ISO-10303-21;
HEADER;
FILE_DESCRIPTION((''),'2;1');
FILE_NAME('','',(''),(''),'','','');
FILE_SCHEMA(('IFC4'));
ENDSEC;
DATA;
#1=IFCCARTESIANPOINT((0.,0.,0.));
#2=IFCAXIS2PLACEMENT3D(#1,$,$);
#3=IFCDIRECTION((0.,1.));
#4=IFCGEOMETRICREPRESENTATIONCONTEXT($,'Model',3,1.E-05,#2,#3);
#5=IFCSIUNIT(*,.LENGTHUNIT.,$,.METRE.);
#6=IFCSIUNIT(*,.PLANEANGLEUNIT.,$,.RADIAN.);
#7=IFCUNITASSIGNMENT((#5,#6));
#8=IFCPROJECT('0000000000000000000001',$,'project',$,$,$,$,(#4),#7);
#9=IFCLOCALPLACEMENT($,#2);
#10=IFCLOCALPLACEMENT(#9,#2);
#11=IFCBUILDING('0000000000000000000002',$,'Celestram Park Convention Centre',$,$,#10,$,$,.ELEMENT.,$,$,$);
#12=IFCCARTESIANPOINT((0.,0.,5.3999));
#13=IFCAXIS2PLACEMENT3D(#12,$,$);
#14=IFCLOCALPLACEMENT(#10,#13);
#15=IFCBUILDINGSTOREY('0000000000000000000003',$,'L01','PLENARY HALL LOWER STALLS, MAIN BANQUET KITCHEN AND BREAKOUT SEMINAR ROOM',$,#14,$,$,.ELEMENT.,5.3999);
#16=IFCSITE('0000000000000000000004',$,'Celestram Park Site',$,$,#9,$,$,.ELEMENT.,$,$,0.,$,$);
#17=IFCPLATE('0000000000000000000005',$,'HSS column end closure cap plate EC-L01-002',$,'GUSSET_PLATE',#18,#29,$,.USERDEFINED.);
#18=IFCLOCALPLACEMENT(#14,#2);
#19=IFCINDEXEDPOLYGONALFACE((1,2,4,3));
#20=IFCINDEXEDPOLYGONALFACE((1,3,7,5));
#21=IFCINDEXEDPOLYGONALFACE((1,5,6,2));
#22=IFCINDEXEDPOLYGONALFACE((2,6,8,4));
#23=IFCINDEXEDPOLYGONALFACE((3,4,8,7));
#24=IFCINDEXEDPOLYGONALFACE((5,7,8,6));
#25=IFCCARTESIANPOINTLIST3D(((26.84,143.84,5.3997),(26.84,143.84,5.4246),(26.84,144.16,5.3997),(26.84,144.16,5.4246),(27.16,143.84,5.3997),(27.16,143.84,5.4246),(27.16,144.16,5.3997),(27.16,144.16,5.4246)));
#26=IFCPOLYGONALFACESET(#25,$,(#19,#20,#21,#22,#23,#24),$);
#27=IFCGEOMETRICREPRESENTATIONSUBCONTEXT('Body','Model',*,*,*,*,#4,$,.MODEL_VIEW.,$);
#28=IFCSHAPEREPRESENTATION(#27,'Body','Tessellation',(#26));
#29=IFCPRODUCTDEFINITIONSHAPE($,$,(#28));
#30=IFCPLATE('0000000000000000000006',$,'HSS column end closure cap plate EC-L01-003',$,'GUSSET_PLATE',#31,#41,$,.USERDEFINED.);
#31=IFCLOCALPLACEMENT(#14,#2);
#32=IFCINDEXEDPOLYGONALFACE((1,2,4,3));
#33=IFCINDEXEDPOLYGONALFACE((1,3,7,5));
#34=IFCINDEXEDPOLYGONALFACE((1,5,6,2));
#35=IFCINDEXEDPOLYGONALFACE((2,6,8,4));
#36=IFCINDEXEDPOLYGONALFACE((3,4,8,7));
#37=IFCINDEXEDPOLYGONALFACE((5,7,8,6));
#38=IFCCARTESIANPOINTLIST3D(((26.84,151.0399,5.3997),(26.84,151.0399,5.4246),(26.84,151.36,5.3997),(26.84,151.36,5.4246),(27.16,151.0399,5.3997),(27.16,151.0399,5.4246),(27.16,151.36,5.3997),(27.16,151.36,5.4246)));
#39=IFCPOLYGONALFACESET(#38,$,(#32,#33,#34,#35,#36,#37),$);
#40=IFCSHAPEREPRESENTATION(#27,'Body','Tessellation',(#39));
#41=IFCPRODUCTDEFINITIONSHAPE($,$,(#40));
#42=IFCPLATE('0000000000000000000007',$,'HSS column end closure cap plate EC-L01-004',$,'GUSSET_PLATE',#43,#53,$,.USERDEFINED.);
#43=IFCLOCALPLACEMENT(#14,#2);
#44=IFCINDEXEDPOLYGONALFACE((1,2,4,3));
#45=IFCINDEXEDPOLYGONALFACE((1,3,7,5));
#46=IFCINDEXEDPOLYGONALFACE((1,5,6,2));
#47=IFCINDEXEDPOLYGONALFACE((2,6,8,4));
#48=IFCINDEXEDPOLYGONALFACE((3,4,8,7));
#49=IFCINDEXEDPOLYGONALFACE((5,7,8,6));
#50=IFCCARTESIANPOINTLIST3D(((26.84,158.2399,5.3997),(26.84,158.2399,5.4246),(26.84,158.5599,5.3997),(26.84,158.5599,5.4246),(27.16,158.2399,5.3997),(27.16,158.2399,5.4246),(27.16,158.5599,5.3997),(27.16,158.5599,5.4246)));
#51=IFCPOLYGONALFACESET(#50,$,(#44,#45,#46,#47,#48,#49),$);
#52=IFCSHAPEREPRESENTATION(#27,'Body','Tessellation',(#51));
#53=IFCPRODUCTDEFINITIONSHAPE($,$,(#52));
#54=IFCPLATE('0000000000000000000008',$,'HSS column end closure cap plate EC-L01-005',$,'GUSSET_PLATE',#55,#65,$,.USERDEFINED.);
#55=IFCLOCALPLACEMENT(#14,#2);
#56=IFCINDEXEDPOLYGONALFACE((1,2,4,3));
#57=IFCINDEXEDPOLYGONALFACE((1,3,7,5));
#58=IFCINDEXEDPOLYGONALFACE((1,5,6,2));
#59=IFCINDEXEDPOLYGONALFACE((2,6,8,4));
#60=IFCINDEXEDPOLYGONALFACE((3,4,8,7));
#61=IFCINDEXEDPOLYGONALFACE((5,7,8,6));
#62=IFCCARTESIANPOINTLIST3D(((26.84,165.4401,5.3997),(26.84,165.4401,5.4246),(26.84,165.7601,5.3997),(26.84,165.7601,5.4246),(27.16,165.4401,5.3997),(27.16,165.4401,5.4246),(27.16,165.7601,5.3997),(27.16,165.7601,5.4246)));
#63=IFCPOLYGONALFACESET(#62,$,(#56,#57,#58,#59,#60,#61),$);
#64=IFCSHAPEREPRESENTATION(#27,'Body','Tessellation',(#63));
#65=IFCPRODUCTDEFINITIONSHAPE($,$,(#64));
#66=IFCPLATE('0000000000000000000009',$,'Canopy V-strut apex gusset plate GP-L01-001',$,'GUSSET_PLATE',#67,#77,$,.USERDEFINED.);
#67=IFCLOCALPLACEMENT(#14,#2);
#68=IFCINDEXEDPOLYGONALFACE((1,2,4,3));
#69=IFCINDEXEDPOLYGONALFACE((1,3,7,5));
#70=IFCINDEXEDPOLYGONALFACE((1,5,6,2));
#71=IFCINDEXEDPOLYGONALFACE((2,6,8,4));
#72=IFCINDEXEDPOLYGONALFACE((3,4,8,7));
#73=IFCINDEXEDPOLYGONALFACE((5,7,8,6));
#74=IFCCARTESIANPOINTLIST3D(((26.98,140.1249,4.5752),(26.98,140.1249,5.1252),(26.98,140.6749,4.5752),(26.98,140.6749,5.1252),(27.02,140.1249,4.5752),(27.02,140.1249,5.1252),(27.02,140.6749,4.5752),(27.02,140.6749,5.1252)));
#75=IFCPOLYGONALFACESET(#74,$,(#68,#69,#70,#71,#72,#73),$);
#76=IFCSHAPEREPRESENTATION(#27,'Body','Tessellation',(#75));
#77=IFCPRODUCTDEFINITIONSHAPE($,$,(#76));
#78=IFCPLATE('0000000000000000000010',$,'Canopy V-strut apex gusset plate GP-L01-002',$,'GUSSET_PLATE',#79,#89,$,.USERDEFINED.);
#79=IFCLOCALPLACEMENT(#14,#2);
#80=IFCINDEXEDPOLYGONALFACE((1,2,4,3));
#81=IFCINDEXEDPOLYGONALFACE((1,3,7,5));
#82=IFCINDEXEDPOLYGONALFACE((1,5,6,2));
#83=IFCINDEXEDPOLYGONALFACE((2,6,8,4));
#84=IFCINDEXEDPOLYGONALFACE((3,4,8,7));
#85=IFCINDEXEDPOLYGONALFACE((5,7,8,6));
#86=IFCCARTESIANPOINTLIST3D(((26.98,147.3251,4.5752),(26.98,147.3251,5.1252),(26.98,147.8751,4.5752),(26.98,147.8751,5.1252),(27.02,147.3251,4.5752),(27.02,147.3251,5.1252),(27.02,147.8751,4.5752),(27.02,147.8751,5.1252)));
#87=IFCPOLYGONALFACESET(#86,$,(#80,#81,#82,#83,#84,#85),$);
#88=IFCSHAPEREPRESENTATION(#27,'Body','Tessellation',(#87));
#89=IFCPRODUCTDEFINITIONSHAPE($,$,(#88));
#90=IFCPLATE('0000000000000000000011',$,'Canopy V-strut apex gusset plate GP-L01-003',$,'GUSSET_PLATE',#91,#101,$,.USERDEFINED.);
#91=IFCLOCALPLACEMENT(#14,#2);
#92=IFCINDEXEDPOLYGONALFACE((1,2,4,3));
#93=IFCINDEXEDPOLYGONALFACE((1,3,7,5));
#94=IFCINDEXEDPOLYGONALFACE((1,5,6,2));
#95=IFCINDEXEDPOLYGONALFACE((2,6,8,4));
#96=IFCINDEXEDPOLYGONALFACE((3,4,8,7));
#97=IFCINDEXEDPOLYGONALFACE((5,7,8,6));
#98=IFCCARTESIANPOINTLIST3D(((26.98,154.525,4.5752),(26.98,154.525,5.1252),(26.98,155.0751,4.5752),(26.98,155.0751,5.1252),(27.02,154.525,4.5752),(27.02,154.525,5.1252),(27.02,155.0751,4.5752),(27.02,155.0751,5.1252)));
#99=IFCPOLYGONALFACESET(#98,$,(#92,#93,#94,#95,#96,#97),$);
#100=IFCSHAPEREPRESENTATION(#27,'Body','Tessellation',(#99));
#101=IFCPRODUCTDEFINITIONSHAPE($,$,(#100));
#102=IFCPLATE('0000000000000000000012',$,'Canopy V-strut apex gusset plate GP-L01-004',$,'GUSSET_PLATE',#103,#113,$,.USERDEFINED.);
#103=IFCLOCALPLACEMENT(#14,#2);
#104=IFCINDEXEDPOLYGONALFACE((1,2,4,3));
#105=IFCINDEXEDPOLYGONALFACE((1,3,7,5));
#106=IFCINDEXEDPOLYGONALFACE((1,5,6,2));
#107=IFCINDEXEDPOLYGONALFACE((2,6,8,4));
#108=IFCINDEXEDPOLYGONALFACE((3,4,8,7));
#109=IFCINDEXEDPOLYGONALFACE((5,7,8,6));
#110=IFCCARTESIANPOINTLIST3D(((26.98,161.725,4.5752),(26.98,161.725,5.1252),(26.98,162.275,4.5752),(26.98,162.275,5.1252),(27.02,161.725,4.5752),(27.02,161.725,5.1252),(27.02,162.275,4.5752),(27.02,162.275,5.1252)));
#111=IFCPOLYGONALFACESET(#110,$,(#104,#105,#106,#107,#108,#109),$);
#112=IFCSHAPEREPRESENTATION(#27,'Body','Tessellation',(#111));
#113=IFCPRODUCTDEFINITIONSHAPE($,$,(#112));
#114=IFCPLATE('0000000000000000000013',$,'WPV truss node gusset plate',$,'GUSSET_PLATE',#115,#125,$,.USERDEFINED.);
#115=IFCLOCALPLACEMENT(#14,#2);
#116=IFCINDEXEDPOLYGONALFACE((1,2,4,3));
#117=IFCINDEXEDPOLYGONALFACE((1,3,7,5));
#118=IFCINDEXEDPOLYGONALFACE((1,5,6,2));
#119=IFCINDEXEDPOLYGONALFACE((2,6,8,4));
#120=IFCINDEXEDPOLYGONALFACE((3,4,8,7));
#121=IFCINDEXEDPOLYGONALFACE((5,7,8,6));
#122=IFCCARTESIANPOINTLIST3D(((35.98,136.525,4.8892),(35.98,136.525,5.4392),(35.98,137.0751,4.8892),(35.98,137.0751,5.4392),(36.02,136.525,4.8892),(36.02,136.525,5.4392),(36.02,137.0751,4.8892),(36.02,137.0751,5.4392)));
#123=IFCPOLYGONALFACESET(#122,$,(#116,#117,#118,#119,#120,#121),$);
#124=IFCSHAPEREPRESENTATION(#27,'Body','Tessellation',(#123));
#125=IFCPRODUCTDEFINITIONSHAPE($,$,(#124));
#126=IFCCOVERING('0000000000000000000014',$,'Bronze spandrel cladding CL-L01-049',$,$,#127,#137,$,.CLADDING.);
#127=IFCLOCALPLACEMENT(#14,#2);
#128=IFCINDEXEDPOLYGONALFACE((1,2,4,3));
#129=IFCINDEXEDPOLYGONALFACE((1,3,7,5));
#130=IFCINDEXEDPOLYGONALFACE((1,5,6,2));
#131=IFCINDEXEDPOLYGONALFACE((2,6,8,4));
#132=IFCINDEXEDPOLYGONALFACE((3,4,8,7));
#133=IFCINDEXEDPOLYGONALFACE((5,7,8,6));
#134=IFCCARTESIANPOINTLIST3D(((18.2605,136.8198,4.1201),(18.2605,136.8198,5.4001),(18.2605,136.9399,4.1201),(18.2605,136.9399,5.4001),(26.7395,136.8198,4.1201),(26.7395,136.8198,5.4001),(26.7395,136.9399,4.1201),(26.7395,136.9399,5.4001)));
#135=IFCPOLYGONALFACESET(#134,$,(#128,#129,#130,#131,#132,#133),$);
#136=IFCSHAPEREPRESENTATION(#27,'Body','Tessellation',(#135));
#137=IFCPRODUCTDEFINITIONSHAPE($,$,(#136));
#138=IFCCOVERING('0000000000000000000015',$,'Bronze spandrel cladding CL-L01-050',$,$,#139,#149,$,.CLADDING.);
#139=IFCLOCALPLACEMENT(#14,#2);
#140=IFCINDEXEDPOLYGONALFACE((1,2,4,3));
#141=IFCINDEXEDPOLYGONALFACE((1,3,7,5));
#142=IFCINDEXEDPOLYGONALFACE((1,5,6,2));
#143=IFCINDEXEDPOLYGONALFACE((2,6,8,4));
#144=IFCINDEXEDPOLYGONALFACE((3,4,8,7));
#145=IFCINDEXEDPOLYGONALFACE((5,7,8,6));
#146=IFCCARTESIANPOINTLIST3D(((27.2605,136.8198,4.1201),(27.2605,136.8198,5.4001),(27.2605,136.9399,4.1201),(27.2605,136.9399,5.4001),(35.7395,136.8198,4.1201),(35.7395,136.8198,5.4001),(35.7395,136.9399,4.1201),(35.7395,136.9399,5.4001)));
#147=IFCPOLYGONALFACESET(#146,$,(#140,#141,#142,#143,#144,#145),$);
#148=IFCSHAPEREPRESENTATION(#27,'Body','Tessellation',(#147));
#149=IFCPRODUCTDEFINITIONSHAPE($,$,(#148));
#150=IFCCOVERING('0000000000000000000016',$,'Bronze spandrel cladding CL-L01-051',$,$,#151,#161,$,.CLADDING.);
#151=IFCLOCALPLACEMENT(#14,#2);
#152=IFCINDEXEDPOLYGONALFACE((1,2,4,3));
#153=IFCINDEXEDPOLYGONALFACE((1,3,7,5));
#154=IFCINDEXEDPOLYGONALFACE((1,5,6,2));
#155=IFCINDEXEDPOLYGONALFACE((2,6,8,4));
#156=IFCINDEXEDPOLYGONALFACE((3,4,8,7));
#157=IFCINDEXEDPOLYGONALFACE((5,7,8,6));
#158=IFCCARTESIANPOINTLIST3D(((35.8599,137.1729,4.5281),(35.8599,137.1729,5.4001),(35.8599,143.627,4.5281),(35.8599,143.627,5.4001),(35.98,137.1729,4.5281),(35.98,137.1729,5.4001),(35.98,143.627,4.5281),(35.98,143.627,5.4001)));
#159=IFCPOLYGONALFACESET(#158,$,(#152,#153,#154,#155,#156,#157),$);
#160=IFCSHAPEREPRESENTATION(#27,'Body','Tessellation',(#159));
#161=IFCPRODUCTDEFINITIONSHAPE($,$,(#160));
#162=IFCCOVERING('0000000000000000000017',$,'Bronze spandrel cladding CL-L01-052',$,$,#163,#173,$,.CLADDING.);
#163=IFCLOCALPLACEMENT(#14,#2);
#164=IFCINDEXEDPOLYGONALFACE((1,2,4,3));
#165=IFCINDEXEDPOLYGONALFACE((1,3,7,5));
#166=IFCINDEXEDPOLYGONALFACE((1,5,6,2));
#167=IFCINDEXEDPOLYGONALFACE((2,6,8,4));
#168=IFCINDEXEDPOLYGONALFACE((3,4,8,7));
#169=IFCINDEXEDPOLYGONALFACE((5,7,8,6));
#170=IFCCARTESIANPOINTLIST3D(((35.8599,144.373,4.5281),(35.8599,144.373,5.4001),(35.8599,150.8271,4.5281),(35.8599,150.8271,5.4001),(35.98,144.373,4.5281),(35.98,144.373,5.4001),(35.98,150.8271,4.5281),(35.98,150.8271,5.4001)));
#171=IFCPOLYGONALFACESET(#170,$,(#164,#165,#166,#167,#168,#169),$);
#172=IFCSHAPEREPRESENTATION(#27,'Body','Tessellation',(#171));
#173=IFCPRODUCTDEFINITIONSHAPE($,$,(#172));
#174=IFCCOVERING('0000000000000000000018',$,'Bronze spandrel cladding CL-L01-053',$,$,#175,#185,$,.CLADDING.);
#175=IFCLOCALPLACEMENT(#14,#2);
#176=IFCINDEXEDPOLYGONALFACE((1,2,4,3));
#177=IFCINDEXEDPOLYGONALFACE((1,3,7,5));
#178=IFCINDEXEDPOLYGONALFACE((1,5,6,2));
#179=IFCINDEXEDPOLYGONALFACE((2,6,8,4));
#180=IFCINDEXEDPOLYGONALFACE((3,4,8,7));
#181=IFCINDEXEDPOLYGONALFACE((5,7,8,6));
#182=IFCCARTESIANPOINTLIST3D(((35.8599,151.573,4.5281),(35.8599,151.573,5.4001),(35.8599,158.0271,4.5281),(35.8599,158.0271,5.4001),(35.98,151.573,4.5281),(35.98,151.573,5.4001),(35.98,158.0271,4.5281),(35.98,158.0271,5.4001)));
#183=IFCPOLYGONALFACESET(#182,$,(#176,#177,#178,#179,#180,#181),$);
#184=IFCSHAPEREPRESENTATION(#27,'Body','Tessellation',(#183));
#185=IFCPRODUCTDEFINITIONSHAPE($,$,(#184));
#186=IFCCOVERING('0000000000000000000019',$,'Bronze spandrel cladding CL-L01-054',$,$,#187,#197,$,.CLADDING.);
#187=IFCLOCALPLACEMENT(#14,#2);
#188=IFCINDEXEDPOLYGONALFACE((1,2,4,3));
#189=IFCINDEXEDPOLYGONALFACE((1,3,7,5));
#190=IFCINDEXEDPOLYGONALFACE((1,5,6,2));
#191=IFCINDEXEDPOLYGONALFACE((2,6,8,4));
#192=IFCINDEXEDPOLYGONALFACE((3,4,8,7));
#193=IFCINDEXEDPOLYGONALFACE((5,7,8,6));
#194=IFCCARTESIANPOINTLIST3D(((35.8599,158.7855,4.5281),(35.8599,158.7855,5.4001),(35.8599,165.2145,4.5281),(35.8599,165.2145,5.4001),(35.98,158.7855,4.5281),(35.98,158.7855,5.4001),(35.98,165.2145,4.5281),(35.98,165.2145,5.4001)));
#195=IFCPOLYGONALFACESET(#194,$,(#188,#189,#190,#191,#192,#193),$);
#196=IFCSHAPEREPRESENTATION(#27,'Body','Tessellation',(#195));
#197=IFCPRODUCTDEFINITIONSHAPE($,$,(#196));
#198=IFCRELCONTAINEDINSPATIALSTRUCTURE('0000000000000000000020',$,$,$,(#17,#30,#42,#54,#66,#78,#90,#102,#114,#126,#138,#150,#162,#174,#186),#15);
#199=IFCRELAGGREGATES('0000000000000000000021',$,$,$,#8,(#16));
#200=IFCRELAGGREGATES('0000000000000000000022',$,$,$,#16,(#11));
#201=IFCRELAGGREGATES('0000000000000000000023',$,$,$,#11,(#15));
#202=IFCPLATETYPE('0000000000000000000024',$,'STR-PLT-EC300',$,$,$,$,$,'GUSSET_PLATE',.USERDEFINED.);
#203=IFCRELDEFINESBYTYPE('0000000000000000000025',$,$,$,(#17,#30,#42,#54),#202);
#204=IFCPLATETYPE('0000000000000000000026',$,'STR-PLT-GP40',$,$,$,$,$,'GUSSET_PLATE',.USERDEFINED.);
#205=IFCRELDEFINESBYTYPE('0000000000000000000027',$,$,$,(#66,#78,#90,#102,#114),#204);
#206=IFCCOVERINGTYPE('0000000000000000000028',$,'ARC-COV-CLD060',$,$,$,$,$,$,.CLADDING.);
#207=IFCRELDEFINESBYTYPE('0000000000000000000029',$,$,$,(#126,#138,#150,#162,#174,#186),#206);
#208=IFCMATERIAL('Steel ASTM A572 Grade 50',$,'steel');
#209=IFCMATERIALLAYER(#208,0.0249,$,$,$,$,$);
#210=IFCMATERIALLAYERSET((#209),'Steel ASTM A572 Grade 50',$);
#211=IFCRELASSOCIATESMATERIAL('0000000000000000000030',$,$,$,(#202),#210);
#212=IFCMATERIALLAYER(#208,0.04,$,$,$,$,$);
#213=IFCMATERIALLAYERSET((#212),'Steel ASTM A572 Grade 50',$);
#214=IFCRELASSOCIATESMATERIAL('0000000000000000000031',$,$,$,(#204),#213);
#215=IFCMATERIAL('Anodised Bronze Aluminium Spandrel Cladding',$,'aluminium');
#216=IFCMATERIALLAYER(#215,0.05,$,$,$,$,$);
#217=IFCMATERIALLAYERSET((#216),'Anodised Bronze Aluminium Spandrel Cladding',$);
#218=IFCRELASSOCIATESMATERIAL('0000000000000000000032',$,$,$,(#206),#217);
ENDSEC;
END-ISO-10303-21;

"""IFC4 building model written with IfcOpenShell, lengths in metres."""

from ifc_helpers import new_model, si_unit, direction, frame, origin, origin_2d, place, context, subcontext, project, spatial, rectangle, extrude, material, layer, layer_set, type_object, element, save


model = new_model("IFC4")

# Units and contexts
model_context = context("Model", 3, precision=1e-05, world=origin(), true_north=direction((0.0, 1.0)))
body_context = subcontext(model_context, "Body", "Model", "MODEL_VIEW")
ifc_project = project(units=[si_unit("LENGTHUNIT", "METRE"), si_unit("PLANEANGLEUNIT", "RADIAN")], contexts=[model_context])

# Site, building, storey
site_placement = place(None, origin())
site = spatial("IfcSite", under=ifc_project, at=site_placement, Name="Celestram Park Site", CompositionType="ELEMENT", RefElevation=0.0)
building_placement = place(site_placement, origin())
building = spatial("IfcBuilding", under=site, at=building_placement, Name="Celestram Park Convention Centre", CompositionType="ELEMENT")
storey_placement = place(building_placement, frame((0.0, 0.0, 5.3999)))
storey = spatial("IfcBuildingStorey", under=building, at=storey_placement, Name="L01", Description="PLENARY HALL LOWER STALLS, MAIN BANQUET KITCHEN AND BREAKOUT SEMINAR ROOM", CompositionType="ELEMENT", Elevation=5.3999)

# Plates
ifc_material_1 = material(Name="Steel ASTM A572 Grade 50", Category="steel")
ifc_layer_1 = layer(ifc_material_1, 0.0249)
ifc_layer_set_1 = layer_set([ifc_layer_1], Name="Steel ASTM A572 Grade 50")
plate_type_1 = type_object("IfcPlateType", Name="STR-PLT-EC300", ElementType="GUSSET_PLATE", PredefinedType="USERDEFINED", material=ifc_layer_set_1)
for number, where, z_axis, x_axis, name in (
    (1, (27.0, 144.0, 5.3997), (0.0, 0.0, 1.0), (1.0, 0.0, 0.0), "HSS column end closure cap plate EC-L01-002"),
    (2, (27.0, 151.2, 5.3997), (0.0, 0.0, 1.0), (1.0, 0.0, 0.0), "HSS column end closure cap plate EC-L01-003"),
    (3, (27.0, 158.3999, 5.3997), (0.0, 0.0, 1.0), (1.0, 0.0, 0.0), "HSS column end closure cap plate EC-L01-004"),
    (4, (27.0, 165.6001, 5.3997), (0.0, 0.0, 1.0), (1.0, 0.0, 0.0), "HSS column end closure cap plate EC-L01-005"),
):
    element("IfcPlate", number, at=place(storey_placement, frame(where, z_axis=z_axis, x_axis=x_axis)), inside=storey, type_object=plate_type_1, Name=name, ObjectType="GUSSET_PLATE", PredefinedType="USERDEFINED", context=body_context, shape_type="SweptSolid", body=[
        extrude(rectangle(XDim=0.3201, YDim=0.3201, at=origin_2d()), origin(), (0.0, 0.0, 1.0), 0.0249),
    ])
ifc_layer_2 = layer(ifc_material_1, 0.04)
ifc_layer_set_2 = layer_set([ifc_layer_2], Name="Steel ASTM A572 Grade 50")
plate_type_2 = type_object("IfcPlateType", Name="STR-PLT-GP40", ElementType="GUSSET_PLATE", PredefinedType="USERDEFINED", material=ifc_layer_set_2)
for number, where, z_axis, x_axis, name in (
    (5, (27.0, 140.3999, 4.5752), (0.0, 0.0, 1.0), (0.0, 1.0, 0.0), "Canopy V-strut apex gusset plate GP-L01-001"),
    (6, (27.0, 147.6001, 4.5752), (0.0, 0.0, 1.0), (0.0, 1.0, 0.0), "Canopy V-strut apex gusset plate GP-L01-002"),
    (7, (27.0, 154.8, 4.5752), (0.0, 0.0, 1.0), (0.0, 1.0, 0.0), "Canopy V-strut apex gusset plate GP-L01-003"),
    (8, (27.0, 162.0, 4.5752), (0.0, 0.0, 1.0), (0.0, 1.0, 0.0), "Canopy V-strut apex gusset plate GP-L01-004"),
    (9, (36.0, 136.8, 4.8892), (0.0, 0.0, 1.0), (0.0, 1.0, 0.0), "WPV truss node gusset plate"),
):
    element("IfcPlate", number, at=place(storey_placement, frame(where, z_axis=z_axis, x_axis=x_axis)), inside=storey, type_object=plate_type_2, Name=name, ObjectType="GUSSET_PLATE", PredefinedType="USERDEFINED", context=body_context, shape_type="SweptSolid", body=[
        extrude(rectangle(XDim=0.55, YDim=0.04, at=origin_2d()), origin(), (0.0, 0.0, 1.0), 0.55),
    ])

# Coverings
ifc_material_2 = material(Name="Anodised Bronze Aluminium Spandrel Cladding", Category="aluminium")
ifc_layer_3 = layer(ifc_material_2, 0.05)
ifc_layer_set_3 = layer_set([ifc_layer_3], Name="Anodised Bronze Aluminium Spandrel Cladding")
covering_type = type_object("IfcCoveringType", Name="ARC-COV-CLD060", PredefinedType="CLADDING", material=ifc_layer_set_3)
for number, where, z_axis, x_axis, name in (
    (10, (22.5, 136.8799, 4.1201), (0.0, 0.0, 1.0), (1.0, 0.0, 0.0), "Bronze spandrel cladding CL-L01-049"),
    (11, (31.5, 136.8799, 4.1201), (0.0, 0.0, 1.0), (1.0, 0.0, 0.0), "Bronze spandrel cladding CL-L01-050"),
):
    element("IfcCovering", number, at=place(storey_placement, frame(where, z_axis=z_axis, x_axis=x_axis)), inside=storey, type_object=covering_type, Name=name, PredefinedType="CLADDING", context=body_context, shape_type="SweptSolid", body=[
        extrude(rectangle(XDim=8.479, YDim=0.1201, at=origin_2d()), origin(), (0.0, 0.0, 1.0), 1.28),
    ])
for number, where, z_axis, x_axis, name in (
    (12, (35.9199, 140.3999, 4.5281), (0.0, 0.0, 1.0), (0.0, 1.0, 0.0), "Bronze spandrel cladding CL-L01-051"),
    (13, (35.9199, 147.6001, 4.5281), (0.0, 0.0, 1.0), (0.0, 1.0, 0.0), "Bronze spandrel cladding CL-L01-052"),
    (14, (35.9199, 154.8, 4.5281), (0.0, 0.0, 1.0), (0.0, 1.0, 0.0), "Bronze spandrel cladding CL-L01-053"),
):
    element("IfcCovering", number, at=place(storey_placement, frame(where, z_axis=z_axis, x_axis=x_axis)), inside=storey, type_object=covering_type, Name=name, PredefinedType="CLADDING", context=body_context, shape_type="SweptSolid", body=[
        extrude(rectangle(XDim=6.4541, YDim=0.1201, at=origin_2d()), origin(), (0.0, 0.0, 1.0), 0.8721),
    ])
covering_placement = place(storey_placement, frame((35.9199, 162.0, 4.5281), z_axis=(0.0, 0.0, 1.0), x_axis=(0.0, 1.0, 0.0)))
element("IfcCovering", 15, at=covering_placement, inside=storey, type_object=covering_type, Name="Bronze spandrel cladding CL-L01-054", PredefinedType="CLADDING", context=body_context, shape_type="SweptSolid", body=[
    extrude(rectangle(XDim=6.429, YDim=0.1201, at=origin_2d()), origin(), (0.0, 0.0, 1.0), 0.8721),
])

save(model, "model.ifc")
